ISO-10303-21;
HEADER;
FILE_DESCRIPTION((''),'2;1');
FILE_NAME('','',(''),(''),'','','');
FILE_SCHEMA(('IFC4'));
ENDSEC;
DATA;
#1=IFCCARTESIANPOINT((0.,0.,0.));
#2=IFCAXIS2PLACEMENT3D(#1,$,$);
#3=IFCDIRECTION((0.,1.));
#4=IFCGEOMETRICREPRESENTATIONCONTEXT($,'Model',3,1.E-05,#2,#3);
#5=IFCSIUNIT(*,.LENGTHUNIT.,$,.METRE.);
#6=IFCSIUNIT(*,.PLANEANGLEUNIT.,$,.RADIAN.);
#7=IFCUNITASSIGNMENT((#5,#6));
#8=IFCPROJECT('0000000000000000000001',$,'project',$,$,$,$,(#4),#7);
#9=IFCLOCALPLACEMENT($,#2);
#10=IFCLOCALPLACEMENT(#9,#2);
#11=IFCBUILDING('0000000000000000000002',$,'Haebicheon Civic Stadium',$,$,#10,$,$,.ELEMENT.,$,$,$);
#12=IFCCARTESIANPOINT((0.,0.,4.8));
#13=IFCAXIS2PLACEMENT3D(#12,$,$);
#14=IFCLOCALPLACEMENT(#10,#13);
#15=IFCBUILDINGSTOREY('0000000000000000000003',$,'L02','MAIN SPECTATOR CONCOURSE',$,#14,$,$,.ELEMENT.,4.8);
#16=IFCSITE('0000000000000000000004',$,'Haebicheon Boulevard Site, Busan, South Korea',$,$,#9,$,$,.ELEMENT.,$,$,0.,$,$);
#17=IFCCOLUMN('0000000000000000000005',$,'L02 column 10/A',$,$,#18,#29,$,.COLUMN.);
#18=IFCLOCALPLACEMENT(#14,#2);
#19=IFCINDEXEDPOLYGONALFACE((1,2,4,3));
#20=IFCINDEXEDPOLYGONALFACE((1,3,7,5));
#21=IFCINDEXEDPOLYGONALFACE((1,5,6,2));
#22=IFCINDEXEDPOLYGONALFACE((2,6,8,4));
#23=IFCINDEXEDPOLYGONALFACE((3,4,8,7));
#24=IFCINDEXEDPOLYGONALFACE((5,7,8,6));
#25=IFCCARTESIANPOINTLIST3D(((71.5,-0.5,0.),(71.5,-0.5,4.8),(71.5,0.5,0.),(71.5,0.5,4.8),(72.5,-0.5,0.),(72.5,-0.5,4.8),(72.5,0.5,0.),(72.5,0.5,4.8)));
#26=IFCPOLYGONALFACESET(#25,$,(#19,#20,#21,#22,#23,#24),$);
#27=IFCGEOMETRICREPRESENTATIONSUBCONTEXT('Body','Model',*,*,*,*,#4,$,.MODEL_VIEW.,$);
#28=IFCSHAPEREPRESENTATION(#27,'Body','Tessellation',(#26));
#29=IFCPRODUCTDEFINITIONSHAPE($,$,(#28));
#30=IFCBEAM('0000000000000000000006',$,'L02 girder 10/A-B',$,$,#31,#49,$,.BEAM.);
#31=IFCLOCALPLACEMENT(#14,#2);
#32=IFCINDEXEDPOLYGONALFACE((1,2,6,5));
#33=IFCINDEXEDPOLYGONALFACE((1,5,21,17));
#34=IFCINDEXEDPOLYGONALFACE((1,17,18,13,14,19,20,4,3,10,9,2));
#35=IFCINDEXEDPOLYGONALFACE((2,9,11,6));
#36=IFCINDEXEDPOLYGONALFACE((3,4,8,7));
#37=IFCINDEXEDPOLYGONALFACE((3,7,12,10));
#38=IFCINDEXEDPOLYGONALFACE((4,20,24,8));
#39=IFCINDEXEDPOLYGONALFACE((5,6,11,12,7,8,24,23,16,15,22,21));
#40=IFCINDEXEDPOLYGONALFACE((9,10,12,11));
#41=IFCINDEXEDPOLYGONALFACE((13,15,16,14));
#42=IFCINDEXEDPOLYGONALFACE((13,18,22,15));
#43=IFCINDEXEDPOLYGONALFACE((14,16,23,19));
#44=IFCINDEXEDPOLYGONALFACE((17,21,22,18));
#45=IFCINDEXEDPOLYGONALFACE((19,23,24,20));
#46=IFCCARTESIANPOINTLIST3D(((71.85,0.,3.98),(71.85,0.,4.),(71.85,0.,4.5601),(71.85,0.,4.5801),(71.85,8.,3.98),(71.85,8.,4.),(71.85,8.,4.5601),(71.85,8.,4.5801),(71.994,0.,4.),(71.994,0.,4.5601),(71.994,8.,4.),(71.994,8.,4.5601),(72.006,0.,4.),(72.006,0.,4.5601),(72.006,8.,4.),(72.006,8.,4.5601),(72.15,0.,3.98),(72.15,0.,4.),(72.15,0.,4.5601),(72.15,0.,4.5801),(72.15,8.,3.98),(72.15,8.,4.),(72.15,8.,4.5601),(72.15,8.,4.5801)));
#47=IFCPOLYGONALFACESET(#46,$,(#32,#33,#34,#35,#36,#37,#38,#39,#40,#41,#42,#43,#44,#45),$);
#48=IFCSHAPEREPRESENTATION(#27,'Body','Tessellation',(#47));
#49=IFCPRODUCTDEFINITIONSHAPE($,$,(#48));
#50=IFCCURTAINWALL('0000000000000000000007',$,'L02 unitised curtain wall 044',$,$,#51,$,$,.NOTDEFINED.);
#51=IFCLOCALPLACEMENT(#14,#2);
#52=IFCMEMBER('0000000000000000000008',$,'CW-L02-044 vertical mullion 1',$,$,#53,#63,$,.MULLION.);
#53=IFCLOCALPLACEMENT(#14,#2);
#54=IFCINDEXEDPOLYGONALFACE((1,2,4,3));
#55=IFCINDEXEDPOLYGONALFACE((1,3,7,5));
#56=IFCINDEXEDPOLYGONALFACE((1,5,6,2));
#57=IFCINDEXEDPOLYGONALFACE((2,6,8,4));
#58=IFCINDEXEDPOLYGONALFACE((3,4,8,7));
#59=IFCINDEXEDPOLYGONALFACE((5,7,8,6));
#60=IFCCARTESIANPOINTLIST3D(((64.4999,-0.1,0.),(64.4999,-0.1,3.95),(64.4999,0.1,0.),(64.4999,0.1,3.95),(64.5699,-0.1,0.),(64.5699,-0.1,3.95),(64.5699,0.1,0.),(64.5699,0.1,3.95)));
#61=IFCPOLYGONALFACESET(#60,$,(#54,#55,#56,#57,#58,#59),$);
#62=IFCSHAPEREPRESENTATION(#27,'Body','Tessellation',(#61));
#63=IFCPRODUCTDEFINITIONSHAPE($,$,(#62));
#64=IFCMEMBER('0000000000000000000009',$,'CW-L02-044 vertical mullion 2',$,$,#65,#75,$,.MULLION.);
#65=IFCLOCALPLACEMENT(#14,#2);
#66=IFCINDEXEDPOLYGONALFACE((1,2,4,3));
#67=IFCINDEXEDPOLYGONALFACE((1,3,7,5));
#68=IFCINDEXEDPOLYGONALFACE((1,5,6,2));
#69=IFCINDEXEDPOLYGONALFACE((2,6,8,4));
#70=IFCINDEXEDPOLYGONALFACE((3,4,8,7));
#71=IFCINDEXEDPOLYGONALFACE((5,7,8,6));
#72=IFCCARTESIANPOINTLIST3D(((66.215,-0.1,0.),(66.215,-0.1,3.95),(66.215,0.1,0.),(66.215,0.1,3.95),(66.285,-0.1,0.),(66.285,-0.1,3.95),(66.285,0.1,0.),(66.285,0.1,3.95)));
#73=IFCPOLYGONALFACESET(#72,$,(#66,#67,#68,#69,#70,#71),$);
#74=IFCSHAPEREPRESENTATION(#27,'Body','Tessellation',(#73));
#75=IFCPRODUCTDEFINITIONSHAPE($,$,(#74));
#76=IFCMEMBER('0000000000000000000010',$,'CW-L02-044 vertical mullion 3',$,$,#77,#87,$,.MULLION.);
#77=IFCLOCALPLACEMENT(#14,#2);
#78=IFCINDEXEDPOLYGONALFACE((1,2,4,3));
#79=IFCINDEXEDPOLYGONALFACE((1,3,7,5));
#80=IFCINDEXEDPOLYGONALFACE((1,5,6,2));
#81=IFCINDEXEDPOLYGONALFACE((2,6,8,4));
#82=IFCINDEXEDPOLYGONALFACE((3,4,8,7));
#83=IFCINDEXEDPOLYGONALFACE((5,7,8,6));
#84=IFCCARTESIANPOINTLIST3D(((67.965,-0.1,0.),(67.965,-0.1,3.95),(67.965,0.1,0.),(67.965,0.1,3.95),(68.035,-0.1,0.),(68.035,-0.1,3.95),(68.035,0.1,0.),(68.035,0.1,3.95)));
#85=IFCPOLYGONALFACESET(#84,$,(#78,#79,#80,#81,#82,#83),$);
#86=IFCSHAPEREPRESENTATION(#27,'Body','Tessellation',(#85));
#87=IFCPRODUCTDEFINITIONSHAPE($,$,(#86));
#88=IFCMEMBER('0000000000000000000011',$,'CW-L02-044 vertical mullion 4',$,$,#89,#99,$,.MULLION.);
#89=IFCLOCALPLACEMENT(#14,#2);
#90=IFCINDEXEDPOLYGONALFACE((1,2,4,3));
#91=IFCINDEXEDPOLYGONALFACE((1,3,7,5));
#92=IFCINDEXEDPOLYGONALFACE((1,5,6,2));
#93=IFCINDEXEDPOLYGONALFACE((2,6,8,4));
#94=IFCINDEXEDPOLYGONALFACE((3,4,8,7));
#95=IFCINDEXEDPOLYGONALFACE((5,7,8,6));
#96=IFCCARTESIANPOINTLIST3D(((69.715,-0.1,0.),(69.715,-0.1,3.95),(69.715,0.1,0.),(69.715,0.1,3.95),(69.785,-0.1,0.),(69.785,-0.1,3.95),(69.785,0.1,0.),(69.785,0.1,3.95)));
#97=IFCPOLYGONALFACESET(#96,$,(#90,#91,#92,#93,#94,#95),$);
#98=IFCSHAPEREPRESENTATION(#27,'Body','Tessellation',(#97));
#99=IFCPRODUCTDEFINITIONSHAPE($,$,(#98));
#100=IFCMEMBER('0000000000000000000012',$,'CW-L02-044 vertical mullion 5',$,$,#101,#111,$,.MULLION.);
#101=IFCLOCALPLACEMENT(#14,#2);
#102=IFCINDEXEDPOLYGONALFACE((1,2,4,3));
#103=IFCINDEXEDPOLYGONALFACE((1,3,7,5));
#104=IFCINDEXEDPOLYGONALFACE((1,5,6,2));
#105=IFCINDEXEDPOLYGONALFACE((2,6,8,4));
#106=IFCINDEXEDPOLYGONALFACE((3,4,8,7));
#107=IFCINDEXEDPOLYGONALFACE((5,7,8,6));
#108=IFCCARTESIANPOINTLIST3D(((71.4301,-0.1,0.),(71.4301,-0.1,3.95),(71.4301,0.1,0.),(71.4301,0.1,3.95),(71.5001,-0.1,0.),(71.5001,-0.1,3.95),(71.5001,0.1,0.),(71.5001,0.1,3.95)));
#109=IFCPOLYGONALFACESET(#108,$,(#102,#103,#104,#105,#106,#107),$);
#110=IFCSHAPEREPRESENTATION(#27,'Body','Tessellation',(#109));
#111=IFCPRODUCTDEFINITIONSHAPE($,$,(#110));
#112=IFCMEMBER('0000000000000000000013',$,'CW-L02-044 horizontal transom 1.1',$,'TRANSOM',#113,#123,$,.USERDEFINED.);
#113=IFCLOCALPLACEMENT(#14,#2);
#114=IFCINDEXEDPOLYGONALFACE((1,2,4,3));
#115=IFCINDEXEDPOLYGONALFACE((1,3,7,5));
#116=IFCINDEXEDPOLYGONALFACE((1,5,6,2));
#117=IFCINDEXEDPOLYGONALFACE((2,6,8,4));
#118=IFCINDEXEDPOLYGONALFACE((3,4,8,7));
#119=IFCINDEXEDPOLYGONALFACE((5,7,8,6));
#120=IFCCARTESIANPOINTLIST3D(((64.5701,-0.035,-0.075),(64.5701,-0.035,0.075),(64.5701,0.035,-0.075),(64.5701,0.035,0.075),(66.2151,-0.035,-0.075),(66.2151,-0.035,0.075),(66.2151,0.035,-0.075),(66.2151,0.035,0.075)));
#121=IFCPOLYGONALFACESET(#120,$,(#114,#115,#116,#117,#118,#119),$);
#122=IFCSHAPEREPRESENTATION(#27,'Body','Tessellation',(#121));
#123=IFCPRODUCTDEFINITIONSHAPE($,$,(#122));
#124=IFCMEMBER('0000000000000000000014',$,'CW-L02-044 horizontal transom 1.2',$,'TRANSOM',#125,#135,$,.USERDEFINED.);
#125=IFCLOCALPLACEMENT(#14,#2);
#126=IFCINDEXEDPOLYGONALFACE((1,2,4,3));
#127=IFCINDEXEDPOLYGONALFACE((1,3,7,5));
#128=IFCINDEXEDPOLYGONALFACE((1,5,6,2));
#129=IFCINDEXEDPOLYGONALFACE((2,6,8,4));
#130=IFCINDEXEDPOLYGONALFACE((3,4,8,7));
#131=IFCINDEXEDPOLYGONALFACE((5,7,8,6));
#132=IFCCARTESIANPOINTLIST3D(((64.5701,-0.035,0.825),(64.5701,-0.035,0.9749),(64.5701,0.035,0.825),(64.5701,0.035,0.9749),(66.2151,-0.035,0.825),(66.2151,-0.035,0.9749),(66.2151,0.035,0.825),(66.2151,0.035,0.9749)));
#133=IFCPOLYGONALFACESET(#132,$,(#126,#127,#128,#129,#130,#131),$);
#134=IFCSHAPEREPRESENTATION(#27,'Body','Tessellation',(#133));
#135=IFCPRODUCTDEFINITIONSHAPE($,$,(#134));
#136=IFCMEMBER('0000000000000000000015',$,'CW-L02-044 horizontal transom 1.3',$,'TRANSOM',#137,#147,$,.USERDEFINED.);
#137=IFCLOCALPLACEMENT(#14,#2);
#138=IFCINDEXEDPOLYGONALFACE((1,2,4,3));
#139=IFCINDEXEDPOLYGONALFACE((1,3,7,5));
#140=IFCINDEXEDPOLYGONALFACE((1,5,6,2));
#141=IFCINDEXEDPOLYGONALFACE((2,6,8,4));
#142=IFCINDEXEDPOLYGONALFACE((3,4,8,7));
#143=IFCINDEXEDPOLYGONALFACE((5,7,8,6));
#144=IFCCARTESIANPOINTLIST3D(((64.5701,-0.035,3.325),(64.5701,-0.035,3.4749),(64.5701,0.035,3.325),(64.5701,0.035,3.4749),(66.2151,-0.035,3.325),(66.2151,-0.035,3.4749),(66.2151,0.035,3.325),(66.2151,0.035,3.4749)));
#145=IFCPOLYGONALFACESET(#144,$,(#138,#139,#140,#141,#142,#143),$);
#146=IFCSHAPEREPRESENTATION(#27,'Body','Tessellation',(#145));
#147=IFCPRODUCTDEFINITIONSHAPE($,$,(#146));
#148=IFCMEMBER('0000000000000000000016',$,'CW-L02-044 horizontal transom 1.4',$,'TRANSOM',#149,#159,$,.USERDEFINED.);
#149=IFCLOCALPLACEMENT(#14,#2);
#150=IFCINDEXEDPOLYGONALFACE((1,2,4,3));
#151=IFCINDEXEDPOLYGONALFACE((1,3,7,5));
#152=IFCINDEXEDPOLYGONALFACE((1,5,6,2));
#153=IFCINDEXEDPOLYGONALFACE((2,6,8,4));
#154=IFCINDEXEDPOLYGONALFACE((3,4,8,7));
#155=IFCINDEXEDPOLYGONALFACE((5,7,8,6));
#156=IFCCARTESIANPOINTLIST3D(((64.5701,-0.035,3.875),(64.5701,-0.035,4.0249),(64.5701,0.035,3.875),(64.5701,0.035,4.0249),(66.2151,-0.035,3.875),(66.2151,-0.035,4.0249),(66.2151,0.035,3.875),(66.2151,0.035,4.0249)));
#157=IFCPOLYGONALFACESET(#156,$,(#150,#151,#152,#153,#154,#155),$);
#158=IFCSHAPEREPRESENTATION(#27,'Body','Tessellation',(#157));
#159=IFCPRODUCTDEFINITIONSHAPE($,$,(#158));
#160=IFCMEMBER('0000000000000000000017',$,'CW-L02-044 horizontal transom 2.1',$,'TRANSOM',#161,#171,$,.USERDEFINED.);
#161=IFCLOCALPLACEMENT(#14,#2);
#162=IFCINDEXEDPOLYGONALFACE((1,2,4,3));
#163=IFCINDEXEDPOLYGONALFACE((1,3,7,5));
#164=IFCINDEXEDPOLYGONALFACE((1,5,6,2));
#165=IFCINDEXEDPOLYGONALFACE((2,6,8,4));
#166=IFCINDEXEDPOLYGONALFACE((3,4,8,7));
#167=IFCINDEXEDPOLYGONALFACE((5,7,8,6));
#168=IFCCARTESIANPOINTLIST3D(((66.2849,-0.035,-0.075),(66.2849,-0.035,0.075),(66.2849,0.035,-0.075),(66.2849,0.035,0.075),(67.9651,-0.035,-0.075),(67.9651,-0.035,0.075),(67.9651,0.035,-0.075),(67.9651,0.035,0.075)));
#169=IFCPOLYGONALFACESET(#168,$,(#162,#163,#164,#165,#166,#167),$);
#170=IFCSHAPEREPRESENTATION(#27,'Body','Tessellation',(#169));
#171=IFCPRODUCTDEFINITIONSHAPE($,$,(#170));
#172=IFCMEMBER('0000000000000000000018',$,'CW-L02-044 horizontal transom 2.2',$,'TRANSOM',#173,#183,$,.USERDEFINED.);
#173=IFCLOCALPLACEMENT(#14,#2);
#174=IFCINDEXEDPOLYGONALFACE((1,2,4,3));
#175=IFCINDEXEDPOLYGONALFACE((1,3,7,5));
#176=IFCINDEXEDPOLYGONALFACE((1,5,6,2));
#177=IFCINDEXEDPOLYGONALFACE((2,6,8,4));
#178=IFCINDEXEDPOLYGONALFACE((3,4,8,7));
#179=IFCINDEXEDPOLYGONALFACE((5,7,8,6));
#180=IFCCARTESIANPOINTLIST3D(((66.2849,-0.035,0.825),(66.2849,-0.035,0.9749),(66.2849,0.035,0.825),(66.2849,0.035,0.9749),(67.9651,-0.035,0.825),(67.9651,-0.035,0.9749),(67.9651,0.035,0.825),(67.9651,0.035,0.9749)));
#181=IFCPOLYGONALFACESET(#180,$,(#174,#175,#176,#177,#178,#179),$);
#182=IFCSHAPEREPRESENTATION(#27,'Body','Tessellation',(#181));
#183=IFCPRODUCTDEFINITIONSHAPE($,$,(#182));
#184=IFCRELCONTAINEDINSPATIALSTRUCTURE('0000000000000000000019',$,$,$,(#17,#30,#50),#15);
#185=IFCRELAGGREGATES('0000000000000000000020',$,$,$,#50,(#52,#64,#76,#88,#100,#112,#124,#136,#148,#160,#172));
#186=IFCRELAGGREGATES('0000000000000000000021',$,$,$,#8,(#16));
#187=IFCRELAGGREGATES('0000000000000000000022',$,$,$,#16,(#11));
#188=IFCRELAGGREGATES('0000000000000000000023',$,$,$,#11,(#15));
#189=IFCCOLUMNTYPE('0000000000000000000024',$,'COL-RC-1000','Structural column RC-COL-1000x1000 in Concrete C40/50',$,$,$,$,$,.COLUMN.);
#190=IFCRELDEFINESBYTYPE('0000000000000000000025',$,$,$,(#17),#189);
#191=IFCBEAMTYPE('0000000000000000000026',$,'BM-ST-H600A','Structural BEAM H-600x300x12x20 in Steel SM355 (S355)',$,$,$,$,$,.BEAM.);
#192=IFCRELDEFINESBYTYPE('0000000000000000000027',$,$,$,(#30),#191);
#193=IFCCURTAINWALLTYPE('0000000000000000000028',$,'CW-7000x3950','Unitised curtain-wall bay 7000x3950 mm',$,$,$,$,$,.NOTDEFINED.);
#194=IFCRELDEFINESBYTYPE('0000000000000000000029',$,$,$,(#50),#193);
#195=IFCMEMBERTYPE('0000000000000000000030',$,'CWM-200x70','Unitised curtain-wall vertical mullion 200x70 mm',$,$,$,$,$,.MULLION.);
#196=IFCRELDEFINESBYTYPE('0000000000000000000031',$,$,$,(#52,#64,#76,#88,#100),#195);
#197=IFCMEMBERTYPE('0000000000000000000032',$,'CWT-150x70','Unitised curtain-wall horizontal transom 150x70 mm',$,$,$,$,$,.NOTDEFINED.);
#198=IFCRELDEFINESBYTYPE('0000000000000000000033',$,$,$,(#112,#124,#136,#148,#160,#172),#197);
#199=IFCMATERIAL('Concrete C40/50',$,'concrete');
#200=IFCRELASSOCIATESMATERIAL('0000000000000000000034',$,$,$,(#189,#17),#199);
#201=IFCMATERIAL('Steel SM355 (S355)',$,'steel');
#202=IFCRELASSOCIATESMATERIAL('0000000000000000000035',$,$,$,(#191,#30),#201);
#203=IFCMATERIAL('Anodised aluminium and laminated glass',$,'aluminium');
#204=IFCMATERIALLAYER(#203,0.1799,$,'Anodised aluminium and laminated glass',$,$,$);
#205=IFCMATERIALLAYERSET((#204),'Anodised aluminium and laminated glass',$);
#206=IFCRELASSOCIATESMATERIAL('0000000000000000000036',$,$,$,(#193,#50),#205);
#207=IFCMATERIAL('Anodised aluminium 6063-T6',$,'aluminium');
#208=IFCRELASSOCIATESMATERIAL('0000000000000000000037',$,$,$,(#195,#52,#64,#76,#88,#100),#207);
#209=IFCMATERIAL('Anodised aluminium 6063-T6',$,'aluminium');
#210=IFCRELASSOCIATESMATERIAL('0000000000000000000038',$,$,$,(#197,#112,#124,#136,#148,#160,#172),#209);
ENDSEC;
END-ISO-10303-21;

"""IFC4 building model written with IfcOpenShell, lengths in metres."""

from ifc_helpers import new_model, si_unit, direction, frame, origin, origin_2d, place, context, subcontext, project, spatial, rectangle, i_section, extrude, material, layer, layer_set, material_profile, profile_set, type_object, element, aggregate, save


model = new_model("IFC4")

# Units and contexts
model_context = context("Model", 3, precision=1e-05, world=origin(), true_north=direction((0.0, 1.0)))
body_context = subcontext(model_context, "Body", "Model", "MODEL_VIEW")
ifc_project = project(units=[si_unit("LENGTHUNIT", "METRE"), si_unit("PLANEANGLEUNIT", "RADIAN")], contexts=[model_context])

# Site, building, storey
site_placement = place(None, origin())
site = spatial("IfcSite", under=ifc_project, at=site_placement, Name="Haebicheon Boulevard Site, Busan, South Korea", CompositionType="ELEMENT", RefElevation=0.0)
building_placement = place(site_placement, origin())
building = spatial("IfcBuilding", under=site, at=building_placement, Name="Haebicheon Civic Stadium", CompositionType="ELEMENT")
storey_placement = place(building_placement, frame((0.0, 0.0, 4.8)))
storey = spatial("IfcBuildingStorey", under=building, at=storey_placement, Name="L02", Description="MAIN SPECTATOR CONCOURSE", CompositionType="ELEMENT", Elevation=4.8)

# Column
ifc_material_1 = material(Name="Concrete C40/50", Category="concrete")
ifc_material_profile_1 = material_profile(ifc_material_1, rectangle(XDim=1.0, YDim=1.0, at=origin_2d()), Name="RC-COL-1000x1000")
ifc_profile_set_1 = profile_set([ifc_material_profile_1], Name="Concrete C40/50")
column_type = type_object("IfcColumnType", Name="COL-RC-1000", Description="Structural column RC-COL-1000x1000 in Concrete C40/50", PredefinedType="COLUMN", material=ifc_profile_set_1)
column_placement = place(storey_placement, frame((72.0, 0.0, 0.0), z_axis=(0.0, 0.0, 1.0), x_axis=(1.0, 0.0, 0.0)))
element("IfcColumn", 1, at=column_placement, inside=storey, type_object=column_type, material=ifc_profile_set_1, Name="L02 column 10/A", PredefinedType="COLUMN", context=body_context, shape_type="SweptSolid", body=[
    extrude(rectangle(XDim=1.0, YDim=1.0, at=origin_2d()), origin(), (0.0, 0.0, 1.0), 4.8),
])

# Beam
ifc_material_2 = material(Name="Steel SM355 (S355)", Category="steel")
ifc_material_profile_2 = material_profile(ifc_material_2, i_section(OverallWidth=0.3, OverallDepth=0.6001, WebThickness=0.012, FlangeThickness=0.02, at=origin_2d()), Name="H-600x300x12x20")
ifc_profile_set_2 = profile_set([ifc_material_profile_2], Name="Steel SM355 (S355)")
beam_type = type_object("IfcBeamType", Name="BM-ST-H600A", Description="Structural BEAM H-600x300x12x20 in Steel SM355 (S355)", PredefinedType="BEAM", material=ifc_profile_set_2)
beam_placement = place(storey_placement, frame((72.0, 0.0, 4.28), z_axis=(0.0, 1.0, 0.0), x_axis=(-1.0, 0.0, 0.0)))
element("IfcBeam", 2, at=beam_placement, inside=storey, type_object=beam_type, material=ifc_profile_set_2, Name="L02 girder 10/A-B", PredefinedType="BEAM", context=body_context, shape_type="SweptSolid", body=[
    extrude(i_section(OverallWidth=0.3, OverallDepth=0.6001, WebThickness=0.012, FlangeThickness=0.02, at=origin_2d()), origin(), (0.0, 0.0, 1.0), 8.0),
])

# Curtain wall, members
ifc_material_3 = material(Name="Anodised aluminium and laminated glass", Category="aluminium")
ifc_layer_1 = layer(ifc_material_3, 0.1799, Name="Anodised aluminium and laminated glass")
ifc_layer_set_1 = layer_set([ifc_layer_1], Name="Anodised aluminium and laminated glass")
curtain_wall_type = type_object("IfcCurtainWallType", Name="CW-7000x3950", Description="Unitised curtain-wall bay 7000x3950 mm", PredefinedType="NOTDEFINED", material=ifc_layer_set_1)
curtain_wall_placement = place(storey_placement, origin())
curtain_wall = element("IfcCurtainWall", 3, at=curtain_wall_placement, inside=storey, type_object=curtain_wall_type, material=ifc_layer_set_1, Name="L02 unitised curtain wall 044", PredefinedType="NOTDEFINED")
ifc_material_4 = material(Name="Anodised aluminium 6063-T6", Category="aluminium")
ifc_material_profile_3 = material_profile(ifc_material_4, rectangle(XDim=0.0701, YDim=0.2, at=origin_2d()), Name="ALU-MULL-70x200")
ifc_profile_set_3 = profile_set([ifc_material_profile_3], Name="Anodised aluminium 6063-T6")
member_type_1 = type_object("IfcMemberType", Name="CWM-200x70", Description="Unitised curtain-wall vertical mullion 200x70 mm", PredefinedType="MULLION", material=ifc_profile_set_3)
member_1_placement = place(storey_placement, frame((64.5349, 0.0, 0.0), z_axis=(0.0, 0.0, 1.0), x_axis=(1.0, 0.0, 0.0)))
member_1 = element("IfcMember", 4, at=member_1_placement, type_object=member_type_1, material=ifc_profile_set_3, Name="CW-L02-044 vertical mullion 1", PredefinedType="MULLION", context=body_context, shape_type="SweptSolid", body=[
    extrude(rectangle(XDim=0.0701, YDim=0.2, at=origin_2d()), origin(), (0.0, 0.0, 1.0), 3.95),
])
member_2_placement = place(storey_placement, frame((66.25, 0.0, 0.0), z_axis=(0.0, 0.0, 1.0), x_axis=(1.0, 0.0, 0.0)))
member_2 = element("IfcMember", 5, at=member_2_placement, type_object=member_type_1, material=ifc_profile_set_3, Name="CW-L02-044 vertical mullion 2", PredefinedType="MULLION", context=body_context, shape_type="SweptSolid", body=[
    extrude(rectangle(XDim=0.0701, YDim=0.2, at=origin_2d()), origin(), (0.0, 0.0, 1.0), 3.95),
])
member_3_placement = place(storey_placement, frame((68.0, 0.0, 0.0), z_axis=(0.0, 0.0, 1.0), x_axis=(1.0, 0.0, 0.0)))
member_3 = element("IfcMember", 6, at=member_3_placement, type_object=member_type_1, material=ifc_profile_set_3, Name="CW-L02-044 vertical mullion 3", PredefinedType="MULLION", context=body_context, shape_type="SweptSolid", body=[
    extrude(rectangle(XDim=0.0701, YDim=0.2, at=origin_2d()), origin(), (0.0, 0.0, 1.0), 3.95),
])
member_4_placement = place(storey_placement, frame((69.75, 0.0, 0.0), z_axis=(0.0, 0.0, 1.0), x_axis=(1.0, 0.0, 0.0)))
member_4 = element("IfcMember", 7, at=member_4_placement, type_object=member_type_1, material=ifc_profile_set_3, Name="CW-L02-044 vertical mullion 4", PredefinedType="MULLION", context=body_context, shape_type="SweptSolid", body=[
    extrude(rectangle(XDim=0.0701, YDim=0.2, at=origin_2d()), origin(), (0.0, 0.0, 1.0), 3.95),
])
member_5_placement = place(storey_placement, frame((71.4651, 0.0, 0.0), z_axis=(0.0, 0.0, 1.0), x_axis=(1.0, 0.0, 0.0)))
member_5 = element("IfcMember", 8, at=member_5_placement, type_object=member_type_1, material=ifc_profile_set_3, Name="CW-L02-044 vertical mullion 5", PredefinedType="MULLION", context=body_context, shape_type="SweptSolid", body=[
    extrude(rectangle(XDim=0.0701, YDim=0.2, at=origin_2d()), origin(), (0.0, 0.0, 1.0), 3.95),
])
ifc_material_5 = material(Name="Anodised aluminium 6063-T6", Category="aluminium")
ifc_material_profile_4 = material_profile(ifc_material_5, rectangle(XDim=0.0701, YDim=0.1499, at=origin_2d()), Name="ALU-TRAN-70x150")
ifc_profile_set_4 = profile_set([ifc_material_profile_4], Name="Anodised aluminium 6063-T6")
member_type_2 = type_object("IfcMemberType", Name="CWT-150x70", Description="Unitised curtain-wall horizontal transom 150x70 mm", PredefinedType="NOTDEFINED", material=ifc_profile_set_4)
member_6_placement = place(storey_placement, frame((64.5701, 0.0, 0.0), z_axis=(1.0, 0.0, 0.0), x_axis=(0.0, 1.0, 0.0)))
member_6 = element("IfcMember", 9, at=member_6_placement, type_object=member_type_2, material=ifc_profile_set_4, Name="CW-L02-044 horizontal transom 1.1", ObjectType="TRANSOM", PredefinedType="USERDEFINED", context=body_context, shape_type="SweptSolid", body=[
    extrude(rectangle(XDim=0.0701, YDim=0.1499, at=origin_2d()), origin(), (0.0, 0.0, 1.0), 1.645),
])
member_7_placement = place(storey_placement, frame((64.5701, 0.0, 0.8999), z_axis=(1.0, 0.0, 0.0), x_axis=(0.0, 1.0, 0.0)))
member_7 = element("IfcMember", 10, at=member_7_placement, type_object=member_type_2, material=ifc_profile_set_4, Name="CW-L02-044 horizontal transom 1.2", ObjectType="TRANSOM", PredefinedType="USERDEFINED", context=body_context, shape_type="SweptSolid", body=[
    extrude(rectangle(XDim=0.0701, YDim=0.1499, at=origin_2d()), origin(), (0.0, 0.0, 1.0), 1.645),
])
member_8_placement = place(storey_placement, frame((64.5701, 0.0, 3.3999), z_axis=(1.0, 0.0, 0.0), x_axis=(0.0, 1.0, 0.0)))
member_8 = element("IfcMember", 11, at=member_8_placement, type_object=member_type_2, material=ifc_profile_set_4, Name="CW-L02-044 horizontal transom 1.3", ObjectType="TRANSOM", PredefinedType="USERDEFINED", context=body_context, shape_type="SweptSolid", body=[
    extrude(rectangle(XDim=0.0701, YDim=0.1499, at=origin_2d()), origin(), (0.0, 0.0, 1.0), 1.645),
])
member_9_placement = place(storey_placement, frame((64.5701, 0.0, 3.95), z_axis=(1.0, 0.0, 0.0), x_axis=(0.0, 1.0, 0.0)))
member_9 = element("IfcMember", 12, at=member_9_placement, type_object=member_type_2, material=ifc_profile_set_4, Name="CW-L02-044 horizontal transom 1.4", ObjectType="TRANSOM", PredefinedType="USERDEFINED", context=body_context, shape_type="SweptSolid", body=[
    extrude(rectangle(XDim=0.0701, YDim=0.1499, at=origin_2d()), origin(), (0.0, 0.0, 1.0), 1.645),
])
member_10_placement = place(storey_placement, frame((66.2849, 0.0, 0.0), z_axis=(1.0, 0.0, 0.0), x_axis=(0.0, 1.0, 0.0)))
member_10 = element("IfcMember", 13, at=member_10_placement, type_object=member_type_2, material=ifc_profile_set_4, Name="CW-L02-044 horizontal transom 2.1", ObjectType="TRANSOM", PredefinedType="USERDEFINED", context=body_context, shape_type="SweptSolid", body=[
    extrude(rectangle(XDim=0.0701, YDim=0.1499, at=origin_2d()), origin(), (0.0, 0.0, 1.0), 1.6802),
])
member_11_placement = place(storey_placement, frame((66.2849, 0.0, 0.8999), z_axis=(1.0, 0.0, 0.0), x_axis=(0.0, 1.0, 0.0)))
member_11 = element("IfcMember", 14, at=member_11_placement, type_object=member_type_2, material=ifc_profile_set_4, Name="CW-L02-044 horizontal transom 2.2", ObjectType="TRANSOM", PredefinedType="USERDEFINED", context=body_context, shape_type="SweptSolid", body=[
    extrude(rectangle(XDim=0.0701, YDim=0.1499, at=origin_2d()), origin(), (0.0, 0.0, 1.0), 1.6802),
])
aggregate(curtain_wall, [member_1, member_2, member_3, member_4, member_5, member_6, member_7, member_8, member_9, member_10, member_11])

save(model, "model.ifc")
